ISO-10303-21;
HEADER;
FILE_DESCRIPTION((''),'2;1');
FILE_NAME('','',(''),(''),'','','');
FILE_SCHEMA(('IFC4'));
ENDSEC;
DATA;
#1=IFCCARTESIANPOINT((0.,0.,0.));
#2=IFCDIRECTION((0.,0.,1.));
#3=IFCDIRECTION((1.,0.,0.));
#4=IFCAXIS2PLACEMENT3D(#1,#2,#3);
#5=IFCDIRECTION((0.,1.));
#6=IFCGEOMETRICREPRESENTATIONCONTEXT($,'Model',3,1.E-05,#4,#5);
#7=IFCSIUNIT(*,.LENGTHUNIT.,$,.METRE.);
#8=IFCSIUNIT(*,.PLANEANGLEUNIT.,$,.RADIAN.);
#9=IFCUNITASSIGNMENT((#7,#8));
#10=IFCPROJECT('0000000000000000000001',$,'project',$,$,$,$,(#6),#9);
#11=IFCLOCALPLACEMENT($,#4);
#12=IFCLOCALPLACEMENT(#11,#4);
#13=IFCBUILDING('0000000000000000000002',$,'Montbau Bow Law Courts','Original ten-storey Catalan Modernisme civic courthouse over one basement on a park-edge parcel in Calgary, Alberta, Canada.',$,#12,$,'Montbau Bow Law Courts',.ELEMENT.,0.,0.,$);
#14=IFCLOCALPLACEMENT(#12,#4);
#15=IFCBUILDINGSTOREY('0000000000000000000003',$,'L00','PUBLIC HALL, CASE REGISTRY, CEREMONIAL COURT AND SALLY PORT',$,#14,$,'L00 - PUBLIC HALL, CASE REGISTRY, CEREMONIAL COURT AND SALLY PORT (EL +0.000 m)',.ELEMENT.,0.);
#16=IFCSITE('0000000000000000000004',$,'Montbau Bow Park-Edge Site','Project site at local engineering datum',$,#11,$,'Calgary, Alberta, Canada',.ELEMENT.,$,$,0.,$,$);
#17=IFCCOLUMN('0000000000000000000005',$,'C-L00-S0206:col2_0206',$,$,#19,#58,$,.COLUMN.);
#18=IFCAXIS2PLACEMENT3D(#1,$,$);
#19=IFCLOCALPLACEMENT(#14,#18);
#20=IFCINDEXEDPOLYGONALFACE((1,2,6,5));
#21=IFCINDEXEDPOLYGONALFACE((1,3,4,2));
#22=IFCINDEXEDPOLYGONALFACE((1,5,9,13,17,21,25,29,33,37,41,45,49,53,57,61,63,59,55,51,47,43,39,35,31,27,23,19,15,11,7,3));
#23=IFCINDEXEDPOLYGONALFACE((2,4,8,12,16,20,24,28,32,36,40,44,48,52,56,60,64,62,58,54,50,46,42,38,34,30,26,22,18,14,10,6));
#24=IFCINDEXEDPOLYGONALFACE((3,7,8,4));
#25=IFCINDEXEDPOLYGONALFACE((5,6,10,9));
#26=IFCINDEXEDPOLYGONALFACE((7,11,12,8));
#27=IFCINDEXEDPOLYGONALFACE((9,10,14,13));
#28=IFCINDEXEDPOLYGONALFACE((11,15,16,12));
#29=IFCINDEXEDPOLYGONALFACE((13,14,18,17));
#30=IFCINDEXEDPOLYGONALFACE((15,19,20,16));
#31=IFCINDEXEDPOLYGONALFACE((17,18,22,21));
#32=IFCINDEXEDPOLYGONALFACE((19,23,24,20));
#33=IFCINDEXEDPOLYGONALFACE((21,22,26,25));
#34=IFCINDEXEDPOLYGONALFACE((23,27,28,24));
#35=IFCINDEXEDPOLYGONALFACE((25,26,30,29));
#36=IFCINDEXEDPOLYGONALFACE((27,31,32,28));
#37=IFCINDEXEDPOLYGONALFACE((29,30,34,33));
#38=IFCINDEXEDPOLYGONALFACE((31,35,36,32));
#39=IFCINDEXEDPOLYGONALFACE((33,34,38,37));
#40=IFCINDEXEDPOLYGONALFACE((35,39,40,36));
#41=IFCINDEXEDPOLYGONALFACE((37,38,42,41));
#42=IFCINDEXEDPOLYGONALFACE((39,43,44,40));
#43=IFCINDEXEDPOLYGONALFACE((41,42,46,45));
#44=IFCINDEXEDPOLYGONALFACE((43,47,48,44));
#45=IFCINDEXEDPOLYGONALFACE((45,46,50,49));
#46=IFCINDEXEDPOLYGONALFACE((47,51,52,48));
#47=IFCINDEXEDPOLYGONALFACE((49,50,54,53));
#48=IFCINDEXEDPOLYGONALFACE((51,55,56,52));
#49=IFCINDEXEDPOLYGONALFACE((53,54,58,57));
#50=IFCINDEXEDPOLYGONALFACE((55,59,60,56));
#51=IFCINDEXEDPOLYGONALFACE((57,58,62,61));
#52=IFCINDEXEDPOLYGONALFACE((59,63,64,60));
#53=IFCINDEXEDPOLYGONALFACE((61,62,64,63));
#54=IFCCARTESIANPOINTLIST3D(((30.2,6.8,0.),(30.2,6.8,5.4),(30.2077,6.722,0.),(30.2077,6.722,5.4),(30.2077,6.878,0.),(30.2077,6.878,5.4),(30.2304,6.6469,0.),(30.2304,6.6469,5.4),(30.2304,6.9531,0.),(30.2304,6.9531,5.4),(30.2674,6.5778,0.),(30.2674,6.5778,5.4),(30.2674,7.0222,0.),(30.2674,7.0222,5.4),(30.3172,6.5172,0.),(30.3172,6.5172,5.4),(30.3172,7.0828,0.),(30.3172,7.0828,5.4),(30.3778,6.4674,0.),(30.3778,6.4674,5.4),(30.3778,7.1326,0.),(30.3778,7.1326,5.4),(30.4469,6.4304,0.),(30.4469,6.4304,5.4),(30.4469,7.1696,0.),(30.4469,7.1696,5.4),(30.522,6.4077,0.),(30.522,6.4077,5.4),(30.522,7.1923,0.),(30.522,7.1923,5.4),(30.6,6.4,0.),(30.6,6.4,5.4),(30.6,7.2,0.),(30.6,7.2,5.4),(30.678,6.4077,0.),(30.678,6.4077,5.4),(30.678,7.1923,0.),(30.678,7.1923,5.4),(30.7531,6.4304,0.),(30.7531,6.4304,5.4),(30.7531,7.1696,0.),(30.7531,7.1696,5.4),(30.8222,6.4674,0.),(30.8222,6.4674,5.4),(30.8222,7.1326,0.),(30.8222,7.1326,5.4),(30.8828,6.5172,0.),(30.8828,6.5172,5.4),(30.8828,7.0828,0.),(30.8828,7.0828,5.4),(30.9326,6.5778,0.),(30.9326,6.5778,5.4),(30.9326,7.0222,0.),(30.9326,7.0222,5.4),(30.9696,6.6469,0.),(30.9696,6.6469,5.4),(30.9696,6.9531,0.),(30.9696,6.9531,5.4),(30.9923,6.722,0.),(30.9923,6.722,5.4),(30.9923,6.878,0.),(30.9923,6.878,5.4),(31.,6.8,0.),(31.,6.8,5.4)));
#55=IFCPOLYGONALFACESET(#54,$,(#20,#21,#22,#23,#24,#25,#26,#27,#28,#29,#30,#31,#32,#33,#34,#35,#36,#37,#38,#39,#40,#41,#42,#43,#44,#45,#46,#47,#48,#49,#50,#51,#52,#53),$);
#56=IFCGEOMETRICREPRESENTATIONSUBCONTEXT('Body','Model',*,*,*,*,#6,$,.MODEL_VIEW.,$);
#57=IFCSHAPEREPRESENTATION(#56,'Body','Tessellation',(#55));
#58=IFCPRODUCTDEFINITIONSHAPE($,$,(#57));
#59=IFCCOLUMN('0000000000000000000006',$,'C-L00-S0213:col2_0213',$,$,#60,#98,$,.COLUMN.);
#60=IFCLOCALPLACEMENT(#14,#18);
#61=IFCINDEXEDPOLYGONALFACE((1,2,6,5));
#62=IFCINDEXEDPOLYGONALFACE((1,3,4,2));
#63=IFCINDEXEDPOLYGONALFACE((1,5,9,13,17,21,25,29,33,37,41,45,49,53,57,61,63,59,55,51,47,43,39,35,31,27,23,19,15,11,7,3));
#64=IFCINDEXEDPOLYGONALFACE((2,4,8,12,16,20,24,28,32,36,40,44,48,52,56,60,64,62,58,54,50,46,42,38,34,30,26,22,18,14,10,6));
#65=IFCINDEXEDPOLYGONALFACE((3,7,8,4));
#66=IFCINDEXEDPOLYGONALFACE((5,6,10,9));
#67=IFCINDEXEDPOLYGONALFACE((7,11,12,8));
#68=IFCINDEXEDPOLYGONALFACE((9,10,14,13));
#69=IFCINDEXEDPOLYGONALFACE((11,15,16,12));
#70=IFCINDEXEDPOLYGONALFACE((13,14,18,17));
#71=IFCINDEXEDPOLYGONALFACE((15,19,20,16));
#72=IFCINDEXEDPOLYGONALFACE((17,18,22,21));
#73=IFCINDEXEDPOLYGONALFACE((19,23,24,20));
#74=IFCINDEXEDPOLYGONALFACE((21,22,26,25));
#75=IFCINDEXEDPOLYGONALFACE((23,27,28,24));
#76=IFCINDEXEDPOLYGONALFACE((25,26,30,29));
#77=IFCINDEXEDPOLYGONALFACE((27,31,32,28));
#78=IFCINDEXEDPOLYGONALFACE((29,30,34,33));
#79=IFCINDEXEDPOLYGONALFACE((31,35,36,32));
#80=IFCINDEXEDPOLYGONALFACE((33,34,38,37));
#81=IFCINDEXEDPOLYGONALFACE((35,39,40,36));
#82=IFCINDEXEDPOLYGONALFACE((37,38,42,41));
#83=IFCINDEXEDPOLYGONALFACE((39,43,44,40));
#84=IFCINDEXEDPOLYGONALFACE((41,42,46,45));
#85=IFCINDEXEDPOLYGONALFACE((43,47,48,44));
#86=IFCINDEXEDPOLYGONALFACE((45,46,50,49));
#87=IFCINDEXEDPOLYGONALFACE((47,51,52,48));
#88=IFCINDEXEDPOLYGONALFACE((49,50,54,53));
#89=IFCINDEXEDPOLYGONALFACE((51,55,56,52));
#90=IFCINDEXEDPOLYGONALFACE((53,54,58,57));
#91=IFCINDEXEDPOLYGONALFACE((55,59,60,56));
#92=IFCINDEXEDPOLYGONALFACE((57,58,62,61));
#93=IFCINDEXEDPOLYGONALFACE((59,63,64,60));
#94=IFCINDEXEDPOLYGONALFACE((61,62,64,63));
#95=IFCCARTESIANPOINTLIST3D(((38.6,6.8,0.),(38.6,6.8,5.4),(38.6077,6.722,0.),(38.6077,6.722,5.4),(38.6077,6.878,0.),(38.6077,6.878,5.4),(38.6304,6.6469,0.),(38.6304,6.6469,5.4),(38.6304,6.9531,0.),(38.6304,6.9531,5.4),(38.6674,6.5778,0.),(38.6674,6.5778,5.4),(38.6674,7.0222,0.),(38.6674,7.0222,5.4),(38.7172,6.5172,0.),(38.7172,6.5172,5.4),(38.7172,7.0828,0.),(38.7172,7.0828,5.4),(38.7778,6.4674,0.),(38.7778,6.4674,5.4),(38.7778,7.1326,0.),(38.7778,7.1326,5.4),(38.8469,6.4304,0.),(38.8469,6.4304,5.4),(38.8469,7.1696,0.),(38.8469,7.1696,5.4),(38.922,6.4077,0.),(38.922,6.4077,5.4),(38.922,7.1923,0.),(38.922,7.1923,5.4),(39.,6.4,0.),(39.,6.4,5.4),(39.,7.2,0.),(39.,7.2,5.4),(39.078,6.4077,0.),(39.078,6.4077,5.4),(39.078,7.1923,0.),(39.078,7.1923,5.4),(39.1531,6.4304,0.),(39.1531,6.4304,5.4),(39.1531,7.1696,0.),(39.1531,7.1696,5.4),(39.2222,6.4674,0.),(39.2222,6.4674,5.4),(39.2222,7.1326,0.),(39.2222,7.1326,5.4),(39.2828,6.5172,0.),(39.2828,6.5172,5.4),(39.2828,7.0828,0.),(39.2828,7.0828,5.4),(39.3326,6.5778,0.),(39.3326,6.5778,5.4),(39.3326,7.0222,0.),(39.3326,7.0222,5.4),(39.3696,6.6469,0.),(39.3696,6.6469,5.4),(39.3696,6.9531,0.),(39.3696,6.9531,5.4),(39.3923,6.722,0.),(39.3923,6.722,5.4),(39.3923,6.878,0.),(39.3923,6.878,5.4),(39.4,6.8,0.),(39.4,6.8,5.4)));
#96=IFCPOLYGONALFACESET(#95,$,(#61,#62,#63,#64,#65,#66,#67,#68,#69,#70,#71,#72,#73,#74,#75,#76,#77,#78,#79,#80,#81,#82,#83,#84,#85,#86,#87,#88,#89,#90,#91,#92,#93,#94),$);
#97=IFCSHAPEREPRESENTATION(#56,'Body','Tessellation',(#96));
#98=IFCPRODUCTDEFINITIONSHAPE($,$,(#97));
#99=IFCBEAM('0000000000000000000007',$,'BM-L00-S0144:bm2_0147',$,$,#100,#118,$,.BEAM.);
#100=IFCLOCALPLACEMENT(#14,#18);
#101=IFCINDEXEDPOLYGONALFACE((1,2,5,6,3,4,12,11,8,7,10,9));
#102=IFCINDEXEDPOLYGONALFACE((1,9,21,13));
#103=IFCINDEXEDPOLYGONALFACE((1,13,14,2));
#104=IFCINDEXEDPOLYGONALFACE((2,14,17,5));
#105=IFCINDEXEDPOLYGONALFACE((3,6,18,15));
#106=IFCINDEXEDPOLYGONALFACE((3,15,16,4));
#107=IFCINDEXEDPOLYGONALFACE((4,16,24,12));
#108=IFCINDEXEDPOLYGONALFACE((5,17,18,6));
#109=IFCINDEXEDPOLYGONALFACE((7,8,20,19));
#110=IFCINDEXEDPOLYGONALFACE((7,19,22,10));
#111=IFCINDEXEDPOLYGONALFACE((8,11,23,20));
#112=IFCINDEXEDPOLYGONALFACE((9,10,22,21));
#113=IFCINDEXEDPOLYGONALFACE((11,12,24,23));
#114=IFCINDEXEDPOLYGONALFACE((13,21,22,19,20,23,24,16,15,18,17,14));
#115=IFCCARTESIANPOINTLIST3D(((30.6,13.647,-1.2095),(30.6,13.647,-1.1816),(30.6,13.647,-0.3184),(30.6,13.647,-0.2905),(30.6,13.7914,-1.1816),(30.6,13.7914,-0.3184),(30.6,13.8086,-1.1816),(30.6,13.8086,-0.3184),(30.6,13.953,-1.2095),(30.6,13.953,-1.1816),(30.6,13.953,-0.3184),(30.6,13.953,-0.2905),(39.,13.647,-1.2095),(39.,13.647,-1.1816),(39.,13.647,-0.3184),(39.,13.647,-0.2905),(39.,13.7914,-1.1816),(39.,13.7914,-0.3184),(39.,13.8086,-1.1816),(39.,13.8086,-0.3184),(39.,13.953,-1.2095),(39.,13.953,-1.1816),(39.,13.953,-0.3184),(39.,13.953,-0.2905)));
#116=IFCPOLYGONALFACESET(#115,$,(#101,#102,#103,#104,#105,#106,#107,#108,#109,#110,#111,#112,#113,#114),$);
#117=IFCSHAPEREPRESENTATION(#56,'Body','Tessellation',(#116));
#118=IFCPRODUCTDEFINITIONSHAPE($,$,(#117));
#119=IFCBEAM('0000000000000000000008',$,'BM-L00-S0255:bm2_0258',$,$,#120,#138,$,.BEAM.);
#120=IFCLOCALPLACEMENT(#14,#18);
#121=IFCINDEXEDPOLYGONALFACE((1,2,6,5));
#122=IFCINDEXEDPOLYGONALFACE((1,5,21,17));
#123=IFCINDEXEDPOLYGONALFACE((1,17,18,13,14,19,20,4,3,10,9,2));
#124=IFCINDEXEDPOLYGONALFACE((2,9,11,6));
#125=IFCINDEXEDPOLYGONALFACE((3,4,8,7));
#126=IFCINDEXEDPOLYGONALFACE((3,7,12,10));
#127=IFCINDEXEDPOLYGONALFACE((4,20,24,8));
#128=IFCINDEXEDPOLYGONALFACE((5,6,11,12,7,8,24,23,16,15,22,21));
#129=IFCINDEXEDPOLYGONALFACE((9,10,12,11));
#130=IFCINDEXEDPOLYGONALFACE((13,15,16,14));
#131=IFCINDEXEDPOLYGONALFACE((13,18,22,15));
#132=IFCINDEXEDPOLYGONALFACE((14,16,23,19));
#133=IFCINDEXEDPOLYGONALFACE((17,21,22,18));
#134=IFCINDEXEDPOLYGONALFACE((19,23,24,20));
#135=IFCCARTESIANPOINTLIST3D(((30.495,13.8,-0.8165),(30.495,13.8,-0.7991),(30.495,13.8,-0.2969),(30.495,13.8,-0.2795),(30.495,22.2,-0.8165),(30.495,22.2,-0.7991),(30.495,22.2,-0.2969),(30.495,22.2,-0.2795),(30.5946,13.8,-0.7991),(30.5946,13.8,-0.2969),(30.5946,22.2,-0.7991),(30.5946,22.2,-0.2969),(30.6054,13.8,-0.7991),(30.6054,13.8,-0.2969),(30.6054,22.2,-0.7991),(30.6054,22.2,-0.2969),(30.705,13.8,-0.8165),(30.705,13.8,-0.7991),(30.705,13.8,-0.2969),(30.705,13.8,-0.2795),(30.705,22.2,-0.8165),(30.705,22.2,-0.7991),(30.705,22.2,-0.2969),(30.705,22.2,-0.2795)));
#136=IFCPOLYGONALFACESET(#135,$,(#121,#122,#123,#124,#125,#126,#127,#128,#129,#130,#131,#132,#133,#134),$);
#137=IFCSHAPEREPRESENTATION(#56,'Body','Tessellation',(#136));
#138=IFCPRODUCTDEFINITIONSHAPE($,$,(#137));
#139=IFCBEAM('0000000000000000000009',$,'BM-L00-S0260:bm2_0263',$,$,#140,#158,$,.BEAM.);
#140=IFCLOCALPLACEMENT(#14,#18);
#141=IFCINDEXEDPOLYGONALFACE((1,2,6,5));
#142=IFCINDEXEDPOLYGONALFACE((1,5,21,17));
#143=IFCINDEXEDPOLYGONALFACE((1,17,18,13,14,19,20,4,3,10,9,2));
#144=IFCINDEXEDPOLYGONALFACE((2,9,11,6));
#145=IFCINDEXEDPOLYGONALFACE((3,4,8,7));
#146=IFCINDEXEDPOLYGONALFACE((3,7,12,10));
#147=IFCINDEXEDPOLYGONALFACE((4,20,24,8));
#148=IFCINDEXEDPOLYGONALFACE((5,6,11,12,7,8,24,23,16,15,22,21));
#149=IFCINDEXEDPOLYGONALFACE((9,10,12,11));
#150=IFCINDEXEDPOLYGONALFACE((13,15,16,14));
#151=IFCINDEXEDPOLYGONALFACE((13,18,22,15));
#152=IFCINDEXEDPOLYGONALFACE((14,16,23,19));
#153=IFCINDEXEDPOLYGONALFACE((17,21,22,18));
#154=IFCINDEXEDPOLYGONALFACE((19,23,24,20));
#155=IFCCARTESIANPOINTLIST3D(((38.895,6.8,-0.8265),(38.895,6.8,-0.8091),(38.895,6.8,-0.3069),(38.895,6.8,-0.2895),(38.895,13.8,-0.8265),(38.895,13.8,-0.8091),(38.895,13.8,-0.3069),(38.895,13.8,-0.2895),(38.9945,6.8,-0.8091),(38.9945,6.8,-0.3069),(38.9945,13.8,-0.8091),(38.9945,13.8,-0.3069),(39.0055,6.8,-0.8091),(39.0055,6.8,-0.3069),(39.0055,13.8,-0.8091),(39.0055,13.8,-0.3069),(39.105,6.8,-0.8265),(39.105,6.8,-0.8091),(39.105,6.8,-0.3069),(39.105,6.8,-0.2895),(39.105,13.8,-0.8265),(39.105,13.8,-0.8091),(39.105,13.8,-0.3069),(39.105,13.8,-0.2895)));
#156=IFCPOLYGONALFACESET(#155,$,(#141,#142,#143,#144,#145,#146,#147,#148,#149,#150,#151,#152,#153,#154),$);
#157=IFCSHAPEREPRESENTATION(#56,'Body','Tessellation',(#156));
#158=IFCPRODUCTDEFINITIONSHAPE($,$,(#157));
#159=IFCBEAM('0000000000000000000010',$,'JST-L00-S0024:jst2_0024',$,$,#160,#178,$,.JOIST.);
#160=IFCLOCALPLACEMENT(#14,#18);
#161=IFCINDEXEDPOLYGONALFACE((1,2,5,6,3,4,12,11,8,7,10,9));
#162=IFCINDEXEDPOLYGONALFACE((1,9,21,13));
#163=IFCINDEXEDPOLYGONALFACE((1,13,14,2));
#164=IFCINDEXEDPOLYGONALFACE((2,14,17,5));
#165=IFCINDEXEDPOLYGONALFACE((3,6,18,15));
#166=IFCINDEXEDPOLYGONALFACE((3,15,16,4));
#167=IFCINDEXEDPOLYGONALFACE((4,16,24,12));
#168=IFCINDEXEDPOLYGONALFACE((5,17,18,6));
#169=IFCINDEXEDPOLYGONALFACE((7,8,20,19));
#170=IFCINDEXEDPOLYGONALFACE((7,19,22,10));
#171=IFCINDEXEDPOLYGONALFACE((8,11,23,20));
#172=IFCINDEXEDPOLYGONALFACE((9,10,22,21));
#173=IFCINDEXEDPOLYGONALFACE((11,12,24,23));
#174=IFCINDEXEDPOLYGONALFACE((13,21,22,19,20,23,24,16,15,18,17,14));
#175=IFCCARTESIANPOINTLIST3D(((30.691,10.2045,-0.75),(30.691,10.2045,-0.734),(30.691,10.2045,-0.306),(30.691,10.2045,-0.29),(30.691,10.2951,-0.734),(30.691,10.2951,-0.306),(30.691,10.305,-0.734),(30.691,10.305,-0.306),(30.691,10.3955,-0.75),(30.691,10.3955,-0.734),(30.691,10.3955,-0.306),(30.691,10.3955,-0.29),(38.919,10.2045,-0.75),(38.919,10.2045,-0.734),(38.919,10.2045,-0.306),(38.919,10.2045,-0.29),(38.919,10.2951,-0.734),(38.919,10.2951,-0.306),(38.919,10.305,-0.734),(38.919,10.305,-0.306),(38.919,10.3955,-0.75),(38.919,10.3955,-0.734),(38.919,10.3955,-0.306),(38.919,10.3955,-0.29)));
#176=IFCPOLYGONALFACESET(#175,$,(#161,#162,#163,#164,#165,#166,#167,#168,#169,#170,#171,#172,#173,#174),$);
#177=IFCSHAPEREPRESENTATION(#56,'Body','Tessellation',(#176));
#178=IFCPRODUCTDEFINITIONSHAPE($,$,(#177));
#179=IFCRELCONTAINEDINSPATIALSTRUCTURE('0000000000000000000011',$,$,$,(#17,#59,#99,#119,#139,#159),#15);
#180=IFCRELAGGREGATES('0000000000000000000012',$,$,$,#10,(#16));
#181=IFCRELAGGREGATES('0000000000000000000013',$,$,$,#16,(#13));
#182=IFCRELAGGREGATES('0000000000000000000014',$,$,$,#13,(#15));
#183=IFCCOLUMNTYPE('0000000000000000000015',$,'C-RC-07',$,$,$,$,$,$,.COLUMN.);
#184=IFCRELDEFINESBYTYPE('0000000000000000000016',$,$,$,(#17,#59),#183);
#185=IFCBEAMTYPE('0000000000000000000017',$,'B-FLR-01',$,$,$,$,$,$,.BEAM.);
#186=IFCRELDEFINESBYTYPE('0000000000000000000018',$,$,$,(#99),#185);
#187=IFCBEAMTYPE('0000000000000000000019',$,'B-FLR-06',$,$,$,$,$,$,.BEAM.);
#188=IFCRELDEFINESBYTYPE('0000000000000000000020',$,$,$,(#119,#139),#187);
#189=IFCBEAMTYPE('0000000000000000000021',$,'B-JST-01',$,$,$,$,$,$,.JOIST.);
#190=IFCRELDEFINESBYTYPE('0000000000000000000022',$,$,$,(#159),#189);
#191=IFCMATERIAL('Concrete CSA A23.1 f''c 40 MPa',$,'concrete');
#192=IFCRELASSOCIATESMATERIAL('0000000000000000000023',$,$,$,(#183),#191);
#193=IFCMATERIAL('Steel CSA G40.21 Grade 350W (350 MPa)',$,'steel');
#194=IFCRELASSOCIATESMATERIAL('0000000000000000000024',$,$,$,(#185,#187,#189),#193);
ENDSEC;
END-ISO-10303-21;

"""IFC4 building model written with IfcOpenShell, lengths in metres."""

from ifc_helpers import new_model, si_unit, direction, frame, origin_with_axes, origin_2d_with_axis, place, context, subcontext, project, spatial, circle, i_section, extrude, material, material_profile, profile_set, type_object, element, save


model = new_model("IFC4")

# Units and contexts
model_context = context("Model", 3, precision=1e-05, world=origin_with_axes(), true_north=direction((0.0, 1.0)))
body_context = subcontext(model_context, "Body", "Model", "MODEL_VIEW")
ifc_project = project(units=[si_unit("LENGTHUNIT", "METRE"), si_unit("PLANEANGLEUNIT", "RADIAN")], contexts=[model_context])

# Site, building, storey
site_placement = place(None, origin_with_axes())
site = spatial("IfcSite", under=ifc_project, at=site_placement, Name="Montbau Bow Park-Edge Site", Description="Project site at local engineering datum", LongName="Calgary, Alberta, Canada", CompositionType="ELEMENT", RefElevation=0.0)
building_placement = place(site_placement, origin_with_axes())
building = spatial("IfcBuilding", under=site, at=building_placement, Name="Montbau Bow Law Courts", Description="Original ten-storey Catalan Modernisme civic courthouse over one basement on a park-edge parcel in Calgary, Alberta, Canada.", LongName="Montbau Bow Law Courts", CompositionType="ELEMENT", ElevationOfRefHeight=0.0, ElevationOfTerrain=0.0)
storey_placement = place(building_placement, origin_with_axes())
storey = spatial("IfcBuildingStorey", under=building, at=storey_placement, Name="L00", Description="PUBLIC HALL, CASE REGISTRY, CEREMONIAL COURT AND SALLY PORT", LongName="L00 - PUBLIC HALL, CASE REGISTRY, CEREMONIAL COURT AND SALLY PORT (EL +0.000 m)", CompositionType="ELEMENT", Elevation=0.0)

# Columns
ifc_material_1 = material(Name="Concrete CSA A23.1 f'c 40 MPa", Category="concrete")
ifc_material_profile_1 = material_profile(ifc_material_1, circle(Radius=0.4, at=origin_2d_with_axis()), Name="RC800D", Category="Main", Priority=0)
ifc_profile_set_1 = profile_set([ifc_material_profile_1], Name="Concrete CSA A23.1 f'c 40 MPa")
column_type = type_object("IfcColumnType", Name="C-RC-07", PredefinedType="COLUMN", material=ifc_profile_set_1)
for number, where, z_axis, x_axis, name in (
    (1, (30.6, 6.8, 0.0), (0.0, 0.0, 1.0), (1.0, 0.0, 0.0), "C-L00-S0206:col2_0206"),
    (2, (39.0, 6.8, 0.0), (0.0, 0.0, 1.0), (1.0, 0.0, 0.0), "C-L00-S0213:col2_0213"),
):
    element("IfcColumn", number, at=place(None, frame(where, z_axis=z_axis, x_axis=x_axis)), inside=storey, type_object=column_type, Name=name, PredefinedType="COLUMN", context=body_context, shape_type="SweptSolid", body=[
        extrude(circle(Radius=0.4, at=origin_2d_with_axis()), origin_with_axes(), (0.0, 0.0, 1.0), 5.4),
    ])

# Beams
ifc_material_2 = material(Name="Steel CSA G40.21 Grade 350W (350 MPa)", Category="steel")
ifc_material_profile_2 = material_profile(ifc_material_2, i_section(OverallWidth=0.306, OverallDepth=0.919, WebThickness=0.0173, FlangeThickness=0.0279, at=origin_2d_with_axis()), Name="W920X253", Category="Main", Priority=0)
ifc_profile_set_2 = profile_set([ifc_material_profile_2], Name="Steel CSA G40.21 Grade 350W (350 MPa)")
beam_type_1 = type_object("IfcBeamType", Name="B-FLR-01", PredefinedType="BEAM", material=ifc_profile_set_2)
beam_1_placement = place(None, frame((30.6, 13.8, -0.75), z_axis=(1.0, 0.0, 0.0), x_axis=(0.0, 1.0, 0.0)))
element("IfcBeam", 3, at=beam_1_placement, inside=storey, type_object=beam_type_1, Name="BM-L00-S0144:bm2_0147", PredefinedType="BEAM", context=body_context, shape_type="SweptSolid", body=[
    extrude(i_section(OverallWidth=0.306, OverallDepth=0.919, WebThickness=0.0173, FlangeThickness=0.0279, at=origin_2d_with_axis()), origin_with_axes(), (0.0, 0.0, 1.0), 8.4),
])
ifc_material_profile_3 = material_profile(ifc_material_2, i_section(OverallWidth=0.21, OverallDepth=0.537, WebThickness=0.0109, FlangeThickness=0.0174, at=origin_2d_with_axis()), Name="W530X101", Category="Main", Priority=0)
ifc_profile_set_3 = profile_set([ifc_material_profile_3], Name="Steel CSA G40.21 Grade 350W (350 MPa)")
beam_type_2 = type_object("IfcBeamType", Name="B-FLR-06", PredefinedType="BEAM", material=ifc_profile_set_3)
beam_2_placement = place(None, frame((30.6, 13.8, -0.548), z_axis=(0.0, 1.0, 0.0), x_axis=(-1.0, 0.0, 0.0)))
element("IfcBeam", 4, at=beam_2_placement, inside=storey, type_object=beam_type_2, Name="BM-L00-S0255:bm2_0258", PredefinedType="BEAM", context=body_context, shape_type="SweptSolid", body=[
    extrude(i_section(OverallWidth=0.21, OverallDepth=0.537, WebThickness=0.0109, FlangeThickness=0.0174, at=origin_2d_with_axis()), origin_with_axes(), (0.0, 0.0, 1.0), 8.4),
])
beam_3_placement = place(None, frame((39.0, 6.8, -0.558), z_axis=(0.0, 1.0, 0.0), x_axis=(-1.0, 0.0, 0.0)))
element("IfcBeam", 5, at=beam_3_placement, inside=storey, type_object=beam_type_2, Name="BM-L00-S0260:bm2_0263", PredefinedType="BEAM", context=body_context, shape_type="SweptSolid", body=[
    extrude(i_section(OverallWidth=0.21, OverallDepth=0.537, WebThickness=0.0109, FlangeThickness=0.0174, at=origin_2d_with_axis()), origin_with_axes(), (0.0, 0.0, 1.0), 7.0),
])
ifc_material_profile_4 = material_profile(ifc_material_2, i_section(OverallWidth=0.191, OverallDepth=0.46, WebThickness=0.0099, FlangeThickness=0.016, at=origin_2d_with_axis()), Name="W460X82", Category="Main", Priority=0)
ifc_profile_set_4 = profile_set([ifc_material_profile_4], Name="Steel CSA G40.21 Grade 350W (350 MPa)")
beam_type_3 = type_object("IfcBeamType", Name="B-JST-01", PredefinedType="JOIST", material=ifc_profile_set_4)
beam_4_placement = place(None, frame((30.691, 10.3, -0.52), z_axis=(1.0, 0.0, 0.0), x_axis=(0.0, 1.0, 0.0)))
element("IfcBeam", 6, at=beam_4_placement, inside=storey, type_object=beam_type_3, Name="JST-L00-S0024:jst2_0024", PredefinedType="JOIST", context=body_context, shape_type="SweptSolid", body=[
    extrude(i_section(OverallWidth=0.191, OverallDepth=0.46, WebThickness=0.0099, FlangeThickness=0.016, at=origin_2d_with_axis()), origin_with_axes(), (0.0, 0.0, 1.0), 8.228),
])

save(model, "model.ifc")
